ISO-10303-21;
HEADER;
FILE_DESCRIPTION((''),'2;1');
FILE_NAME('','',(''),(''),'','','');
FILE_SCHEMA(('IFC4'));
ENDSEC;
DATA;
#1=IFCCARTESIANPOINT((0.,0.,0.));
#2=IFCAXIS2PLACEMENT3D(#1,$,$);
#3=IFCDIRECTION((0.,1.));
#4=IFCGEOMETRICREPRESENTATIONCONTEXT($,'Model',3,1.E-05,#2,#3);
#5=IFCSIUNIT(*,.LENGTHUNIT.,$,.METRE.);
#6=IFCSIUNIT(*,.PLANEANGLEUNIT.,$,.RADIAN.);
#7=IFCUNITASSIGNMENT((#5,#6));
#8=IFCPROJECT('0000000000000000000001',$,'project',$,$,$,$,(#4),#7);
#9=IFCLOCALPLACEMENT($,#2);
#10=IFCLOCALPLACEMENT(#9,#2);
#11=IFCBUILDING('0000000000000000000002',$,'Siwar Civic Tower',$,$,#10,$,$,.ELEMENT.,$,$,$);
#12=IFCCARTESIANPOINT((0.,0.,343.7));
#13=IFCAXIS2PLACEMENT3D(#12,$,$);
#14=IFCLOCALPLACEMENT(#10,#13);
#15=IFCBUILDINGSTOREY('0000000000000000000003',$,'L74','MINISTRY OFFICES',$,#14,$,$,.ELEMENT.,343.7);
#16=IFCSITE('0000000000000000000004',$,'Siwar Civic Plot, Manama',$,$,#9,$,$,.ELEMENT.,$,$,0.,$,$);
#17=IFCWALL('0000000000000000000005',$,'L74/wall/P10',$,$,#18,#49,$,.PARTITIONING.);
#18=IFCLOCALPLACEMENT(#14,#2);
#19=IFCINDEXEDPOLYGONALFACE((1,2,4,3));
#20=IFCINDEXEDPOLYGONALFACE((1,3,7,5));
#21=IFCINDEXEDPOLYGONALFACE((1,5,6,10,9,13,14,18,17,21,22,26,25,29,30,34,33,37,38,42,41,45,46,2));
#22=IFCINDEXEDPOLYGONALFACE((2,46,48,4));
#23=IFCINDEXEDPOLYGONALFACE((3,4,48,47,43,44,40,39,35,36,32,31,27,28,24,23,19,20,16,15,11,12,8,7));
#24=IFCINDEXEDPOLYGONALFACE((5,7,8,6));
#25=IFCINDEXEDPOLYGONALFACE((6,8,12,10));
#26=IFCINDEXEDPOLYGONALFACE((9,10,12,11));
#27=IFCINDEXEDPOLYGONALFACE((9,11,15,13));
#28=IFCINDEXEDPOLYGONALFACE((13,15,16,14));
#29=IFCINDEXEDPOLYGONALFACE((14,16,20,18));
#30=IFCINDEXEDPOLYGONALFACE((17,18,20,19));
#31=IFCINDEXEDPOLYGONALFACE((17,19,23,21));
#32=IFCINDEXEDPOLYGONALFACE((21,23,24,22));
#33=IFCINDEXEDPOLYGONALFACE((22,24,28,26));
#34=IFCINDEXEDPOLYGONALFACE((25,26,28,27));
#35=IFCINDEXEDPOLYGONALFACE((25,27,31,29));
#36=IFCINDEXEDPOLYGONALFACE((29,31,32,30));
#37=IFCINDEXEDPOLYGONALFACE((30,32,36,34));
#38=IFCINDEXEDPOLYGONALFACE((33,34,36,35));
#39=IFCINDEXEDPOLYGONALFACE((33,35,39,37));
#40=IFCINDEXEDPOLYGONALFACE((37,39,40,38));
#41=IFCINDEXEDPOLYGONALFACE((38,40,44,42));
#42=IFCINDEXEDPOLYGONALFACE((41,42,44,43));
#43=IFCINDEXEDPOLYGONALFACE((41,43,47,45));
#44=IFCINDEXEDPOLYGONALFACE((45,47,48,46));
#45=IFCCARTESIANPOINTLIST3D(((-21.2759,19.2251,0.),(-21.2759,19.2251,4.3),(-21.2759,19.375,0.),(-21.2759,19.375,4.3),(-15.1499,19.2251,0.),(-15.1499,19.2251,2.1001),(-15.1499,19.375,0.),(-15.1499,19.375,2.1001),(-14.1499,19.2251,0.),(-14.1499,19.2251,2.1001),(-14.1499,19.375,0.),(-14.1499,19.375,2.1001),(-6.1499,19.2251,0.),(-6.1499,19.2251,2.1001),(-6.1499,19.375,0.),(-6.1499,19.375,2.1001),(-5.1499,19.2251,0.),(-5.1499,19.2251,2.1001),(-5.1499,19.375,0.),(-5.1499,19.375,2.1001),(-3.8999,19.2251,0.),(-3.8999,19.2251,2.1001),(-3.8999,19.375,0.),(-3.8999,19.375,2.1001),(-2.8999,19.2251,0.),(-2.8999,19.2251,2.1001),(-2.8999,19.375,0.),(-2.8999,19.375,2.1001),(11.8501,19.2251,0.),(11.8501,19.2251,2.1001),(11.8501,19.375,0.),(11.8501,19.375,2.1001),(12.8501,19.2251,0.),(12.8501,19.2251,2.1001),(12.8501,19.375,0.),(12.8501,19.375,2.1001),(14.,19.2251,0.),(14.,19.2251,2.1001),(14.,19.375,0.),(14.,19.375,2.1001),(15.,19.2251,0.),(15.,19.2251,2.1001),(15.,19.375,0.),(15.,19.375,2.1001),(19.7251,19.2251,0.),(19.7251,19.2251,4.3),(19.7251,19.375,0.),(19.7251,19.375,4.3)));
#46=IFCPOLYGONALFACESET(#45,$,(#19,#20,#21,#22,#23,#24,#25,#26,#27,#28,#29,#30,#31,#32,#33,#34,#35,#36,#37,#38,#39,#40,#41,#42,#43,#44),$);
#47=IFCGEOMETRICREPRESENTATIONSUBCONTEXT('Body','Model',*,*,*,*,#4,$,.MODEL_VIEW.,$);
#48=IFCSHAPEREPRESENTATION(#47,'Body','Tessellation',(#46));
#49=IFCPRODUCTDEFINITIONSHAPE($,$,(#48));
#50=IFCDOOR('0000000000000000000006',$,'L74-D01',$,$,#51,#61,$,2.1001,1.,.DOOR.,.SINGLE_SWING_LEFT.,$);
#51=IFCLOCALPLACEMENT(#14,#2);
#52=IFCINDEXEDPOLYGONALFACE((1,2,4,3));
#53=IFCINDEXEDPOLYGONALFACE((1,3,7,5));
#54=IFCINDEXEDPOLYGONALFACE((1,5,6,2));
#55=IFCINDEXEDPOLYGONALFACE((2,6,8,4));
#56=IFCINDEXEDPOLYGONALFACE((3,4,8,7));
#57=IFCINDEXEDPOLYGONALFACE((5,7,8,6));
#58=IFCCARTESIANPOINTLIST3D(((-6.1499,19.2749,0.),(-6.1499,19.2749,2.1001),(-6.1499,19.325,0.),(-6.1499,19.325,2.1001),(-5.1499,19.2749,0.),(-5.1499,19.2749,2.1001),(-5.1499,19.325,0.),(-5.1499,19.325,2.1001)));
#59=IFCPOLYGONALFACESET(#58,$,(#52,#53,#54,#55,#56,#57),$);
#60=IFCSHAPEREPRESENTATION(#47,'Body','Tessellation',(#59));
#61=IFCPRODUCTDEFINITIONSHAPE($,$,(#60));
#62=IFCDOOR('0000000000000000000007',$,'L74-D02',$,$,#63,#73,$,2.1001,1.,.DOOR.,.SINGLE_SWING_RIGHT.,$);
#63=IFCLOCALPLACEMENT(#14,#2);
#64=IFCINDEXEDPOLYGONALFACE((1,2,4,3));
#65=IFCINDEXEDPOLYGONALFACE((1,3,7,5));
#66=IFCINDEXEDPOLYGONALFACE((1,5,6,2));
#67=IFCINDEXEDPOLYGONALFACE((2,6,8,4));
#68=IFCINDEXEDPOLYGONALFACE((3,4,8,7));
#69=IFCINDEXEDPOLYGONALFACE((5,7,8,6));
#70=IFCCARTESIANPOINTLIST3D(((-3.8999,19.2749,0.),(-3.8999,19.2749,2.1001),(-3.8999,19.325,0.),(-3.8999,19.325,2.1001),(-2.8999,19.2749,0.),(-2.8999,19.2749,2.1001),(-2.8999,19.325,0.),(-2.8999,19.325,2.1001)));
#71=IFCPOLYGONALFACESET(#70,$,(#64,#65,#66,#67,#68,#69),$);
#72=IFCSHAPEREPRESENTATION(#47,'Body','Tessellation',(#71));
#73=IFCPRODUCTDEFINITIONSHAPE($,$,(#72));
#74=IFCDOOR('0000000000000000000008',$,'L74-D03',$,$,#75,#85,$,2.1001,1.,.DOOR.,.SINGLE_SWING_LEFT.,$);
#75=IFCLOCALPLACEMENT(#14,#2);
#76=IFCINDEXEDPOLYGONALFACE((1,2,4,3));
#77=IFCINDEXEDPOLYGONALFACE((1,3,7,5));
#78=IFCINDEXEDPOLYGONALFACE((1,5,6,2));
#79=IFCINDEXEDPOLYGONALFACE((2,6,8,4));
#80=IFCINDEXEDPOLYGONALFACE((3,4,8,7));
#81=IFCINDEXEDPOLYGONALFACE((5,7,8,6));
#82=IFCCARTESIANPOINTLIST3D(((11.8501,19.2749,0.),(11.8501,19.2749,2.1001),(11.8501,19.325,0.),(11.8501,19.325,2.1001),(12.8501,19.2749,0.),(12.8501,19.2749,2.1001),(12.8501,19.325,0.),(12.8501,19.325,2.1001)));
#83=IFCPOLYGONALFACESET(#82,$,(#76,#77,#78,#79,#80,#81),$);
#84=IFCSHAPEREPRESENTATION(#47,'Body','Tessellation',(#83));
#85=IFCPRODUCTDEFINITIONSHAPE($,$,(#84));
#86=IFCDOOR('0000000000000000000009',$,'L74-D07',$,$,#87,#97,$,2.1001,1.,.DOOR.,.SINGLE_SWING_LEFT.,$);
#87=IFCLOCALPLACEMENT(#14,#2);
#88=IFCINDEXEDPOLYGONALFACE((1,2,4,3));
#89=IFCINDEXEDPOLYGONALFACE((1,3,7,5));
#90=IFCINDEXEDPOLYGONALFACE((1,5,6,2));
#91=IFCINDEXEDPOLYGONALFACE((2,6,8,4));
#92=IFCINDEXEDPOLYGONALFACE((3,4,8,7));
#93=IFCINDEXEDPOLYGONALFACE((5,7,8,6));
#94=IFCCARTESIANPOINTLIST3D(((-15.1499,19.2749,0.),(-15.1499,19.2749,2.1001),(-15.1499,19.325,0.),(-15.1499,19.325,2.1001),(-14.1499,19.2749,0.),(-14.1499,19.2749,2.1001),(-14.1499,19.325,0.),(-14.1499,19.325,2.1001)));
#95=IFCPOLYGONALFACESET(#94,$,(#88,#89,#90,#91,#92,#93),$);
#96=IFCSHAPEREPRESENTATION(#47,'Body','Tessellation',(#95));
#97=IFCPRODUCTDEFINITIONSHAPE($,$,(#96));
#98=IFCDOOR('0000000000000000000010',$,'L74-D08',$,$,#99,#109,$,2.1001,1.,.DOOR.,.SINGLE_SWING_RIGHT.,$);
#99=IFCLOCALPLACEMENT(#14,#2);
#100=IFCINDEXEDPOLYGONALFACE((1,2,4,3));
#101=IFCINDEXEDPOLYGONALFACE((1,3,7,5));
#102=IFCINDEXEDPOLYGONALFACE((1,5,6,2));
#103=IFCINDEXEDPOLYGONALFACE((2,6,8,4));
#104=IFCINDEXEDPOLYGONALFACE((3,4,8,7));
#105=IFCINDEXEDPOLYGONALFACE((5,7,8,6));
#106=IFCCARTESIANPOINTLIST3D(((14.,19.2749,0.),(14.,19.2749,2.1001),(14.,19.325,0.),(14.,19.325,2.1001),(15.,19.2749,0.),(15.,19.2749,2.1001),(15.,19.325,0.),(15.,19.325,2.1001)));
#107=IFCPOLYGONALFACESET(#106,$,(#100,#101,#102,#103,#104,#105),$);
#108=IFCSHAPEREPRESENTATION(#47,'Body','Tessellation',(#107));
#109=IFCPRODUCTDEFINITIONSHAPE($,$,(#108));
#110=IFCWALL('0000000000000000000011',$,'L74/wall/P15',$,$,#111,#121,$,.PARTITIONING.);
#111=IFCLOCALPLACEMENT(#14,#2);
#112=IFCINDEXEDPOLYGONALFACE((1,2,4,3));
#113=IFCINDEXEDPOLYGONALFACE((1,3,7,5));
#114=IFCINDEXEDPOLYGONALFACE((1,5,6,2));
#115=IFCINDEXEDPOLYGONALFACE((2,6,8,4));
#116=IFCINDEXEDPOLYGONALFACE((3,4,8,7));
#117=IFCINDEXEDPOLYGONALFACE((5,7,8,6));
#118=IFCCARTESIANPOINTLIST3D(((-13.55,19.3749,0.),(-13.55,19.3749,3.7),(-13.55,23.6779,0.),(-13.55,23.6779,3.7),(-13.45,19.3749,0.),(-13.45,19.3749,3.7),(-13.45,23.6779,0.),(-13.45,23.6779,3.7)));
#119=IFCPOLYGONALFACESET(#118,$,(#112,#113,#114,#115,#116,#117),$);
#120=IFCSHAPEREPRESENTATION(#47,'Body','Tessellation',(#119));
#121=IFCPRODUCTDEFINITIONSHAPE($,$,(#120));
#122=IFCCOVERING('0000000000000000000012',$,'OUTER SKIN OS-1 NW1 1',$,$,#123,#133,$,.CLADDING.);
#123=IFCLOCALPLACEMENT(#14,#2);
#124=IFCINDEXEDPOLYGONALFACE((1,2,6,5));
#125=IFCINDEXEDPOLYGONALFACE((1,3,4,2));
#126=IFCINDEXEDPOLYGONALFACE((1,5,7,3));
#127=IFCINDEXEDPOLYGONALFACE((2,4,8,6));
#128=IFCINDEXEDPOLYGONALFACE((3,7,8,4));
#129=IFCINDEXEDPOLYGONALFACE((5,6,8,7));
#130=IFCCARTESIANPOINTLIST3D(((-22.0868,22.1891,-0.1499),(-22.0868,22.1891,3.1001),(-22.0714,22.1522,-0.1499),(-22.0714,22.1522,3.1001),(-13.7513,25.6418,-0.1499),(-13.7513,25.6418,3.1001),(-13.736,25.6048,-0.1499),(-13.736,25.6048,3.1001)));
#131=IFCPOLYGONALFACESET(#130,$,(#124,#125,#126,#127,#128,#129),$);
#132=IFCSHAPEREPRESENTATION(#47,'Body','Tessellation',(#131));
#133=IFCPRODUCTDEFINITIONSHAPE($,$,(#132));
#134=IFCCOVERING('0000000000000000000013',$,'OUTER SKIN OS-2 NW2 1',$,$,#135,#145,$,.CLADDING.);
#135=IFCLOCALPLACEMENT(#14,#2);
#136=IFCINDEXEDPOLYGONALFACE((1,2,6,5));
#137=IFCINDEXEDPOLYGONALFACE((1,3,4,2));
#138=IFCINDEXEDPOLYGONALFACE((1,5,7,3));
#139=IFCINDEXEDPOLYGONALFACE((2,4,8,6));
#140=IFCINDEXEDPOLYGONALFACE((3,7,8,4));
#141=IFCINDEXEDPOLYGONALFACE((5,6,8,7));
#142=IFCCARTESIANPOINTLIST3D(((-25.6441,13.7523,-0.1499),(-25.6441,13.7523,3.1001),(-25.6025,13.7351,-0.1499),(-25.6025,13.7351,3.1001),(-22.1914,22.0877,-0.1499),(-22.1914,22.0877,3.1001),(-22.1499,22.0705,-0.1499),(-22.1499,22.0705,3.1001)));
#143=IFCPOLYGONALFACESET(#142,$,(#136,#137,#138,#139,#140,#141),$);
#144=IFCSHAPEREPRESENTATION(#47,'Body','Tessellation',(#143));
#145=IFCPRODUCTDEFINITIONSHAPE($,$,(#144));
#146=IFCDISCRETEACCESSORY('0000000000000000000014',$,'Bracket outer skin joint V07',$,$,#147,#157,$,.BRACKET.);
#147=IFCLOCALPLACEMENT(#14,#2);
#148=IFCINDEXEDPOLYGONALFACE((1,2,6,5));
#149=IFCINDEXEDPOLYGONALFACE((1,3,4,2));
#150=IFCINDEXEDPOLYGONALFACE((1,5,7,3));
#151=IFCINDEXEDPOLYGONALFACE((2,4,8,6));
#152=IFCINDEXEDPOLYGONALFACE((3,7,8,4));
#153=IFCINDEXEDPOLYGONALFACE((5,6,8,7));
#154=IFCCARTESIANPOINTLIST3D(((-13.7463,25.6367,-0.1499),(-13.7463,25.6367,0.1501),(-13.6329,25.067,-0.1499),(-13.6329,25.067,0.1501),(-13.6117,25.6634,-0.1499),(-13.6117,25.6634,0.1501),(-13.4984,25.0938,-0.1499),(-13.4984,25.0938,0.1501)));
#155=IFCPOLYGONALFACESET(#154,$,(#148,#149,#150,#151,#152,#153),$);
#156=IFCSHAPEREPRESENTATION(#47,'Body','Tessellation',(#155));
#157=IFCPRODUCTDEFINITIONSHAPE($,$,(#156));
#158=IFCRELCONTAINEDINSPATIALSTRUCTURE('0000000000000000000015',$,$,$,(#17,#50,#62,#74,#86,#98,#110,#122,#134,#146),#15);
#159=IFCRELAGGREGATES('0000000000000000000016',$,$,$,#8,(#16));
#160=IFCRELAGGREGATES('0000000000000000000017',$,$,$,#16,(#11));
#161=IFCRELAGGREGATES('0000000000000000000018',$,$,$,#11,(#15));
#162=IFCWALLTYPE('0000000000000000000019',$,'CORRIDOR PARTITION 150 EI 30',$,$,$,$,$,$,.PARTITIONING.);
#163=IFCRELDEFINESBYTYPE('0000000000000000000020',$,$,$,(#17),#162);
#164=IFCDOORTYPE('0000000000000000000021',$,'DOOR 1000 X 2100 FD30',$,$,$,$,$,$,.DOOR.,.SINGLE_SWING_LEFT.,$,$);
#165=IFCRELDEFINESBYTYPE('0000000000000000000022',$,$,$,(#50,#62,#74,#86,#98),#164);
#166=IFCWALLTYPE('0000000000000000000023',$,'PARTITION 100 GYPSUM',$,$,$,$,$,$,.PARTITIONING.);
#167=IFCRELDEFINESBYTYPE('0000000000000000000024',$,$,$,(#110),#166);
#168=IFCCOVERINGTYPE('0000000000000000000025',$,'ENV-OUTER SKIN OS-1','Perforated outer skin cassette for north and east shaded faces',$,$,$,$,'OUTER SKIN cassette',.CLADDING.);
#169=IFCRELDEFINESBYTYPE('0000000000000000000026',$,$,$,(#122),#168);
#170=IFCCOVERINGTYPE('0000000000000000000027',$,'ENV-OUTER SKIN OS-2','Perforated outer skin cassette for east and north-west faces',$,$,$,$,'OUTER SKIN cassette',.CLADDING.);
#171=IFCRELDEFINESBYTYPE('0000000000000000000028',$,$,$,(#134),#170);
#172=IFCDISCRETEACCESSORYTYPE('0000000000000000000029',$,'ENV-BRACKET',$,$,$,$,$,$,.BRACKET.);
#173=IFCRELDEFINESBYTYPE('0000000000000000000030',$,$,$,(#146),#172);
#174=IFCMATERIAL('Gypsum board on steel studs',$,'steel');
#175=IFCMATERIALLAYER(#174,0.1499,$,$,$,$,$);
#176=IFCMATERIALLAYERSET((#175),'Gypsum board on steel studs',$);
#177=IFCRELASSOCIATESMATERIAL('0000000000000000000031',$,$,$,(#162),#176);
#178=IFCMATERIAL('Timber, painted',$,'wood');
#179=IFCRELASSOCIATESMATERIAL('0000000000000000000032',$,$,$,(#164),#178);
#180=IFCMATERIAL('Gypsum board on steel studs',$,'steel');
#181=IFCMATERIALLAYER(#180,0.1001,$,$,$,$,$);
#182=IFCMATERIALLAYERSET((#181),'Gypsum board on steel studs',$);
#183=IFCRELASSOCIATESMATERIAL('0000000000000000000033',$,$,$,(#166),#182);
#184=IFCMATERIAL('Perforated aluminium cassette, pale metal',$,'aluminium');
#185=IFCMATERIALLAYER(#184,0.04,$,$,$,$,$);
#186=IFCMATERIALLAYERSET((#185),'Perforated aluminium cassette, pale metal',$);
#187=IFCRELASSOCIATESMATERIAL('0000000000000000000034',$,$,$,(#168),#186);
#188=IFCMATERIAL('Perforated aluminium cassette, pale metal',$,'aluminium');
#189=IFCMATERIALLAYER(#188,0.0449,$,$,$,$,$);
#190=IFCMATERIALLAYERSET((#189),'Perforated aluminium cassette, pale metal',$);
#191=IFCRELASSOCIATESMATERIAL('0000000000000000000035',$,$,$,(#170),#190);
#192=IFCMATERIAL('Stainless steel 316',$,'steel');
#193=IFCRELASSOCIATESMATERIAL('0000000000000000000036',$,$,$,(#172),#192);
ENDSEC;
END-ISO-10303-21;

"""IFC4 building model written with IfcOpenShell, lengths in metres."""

from ifc_helpers import new_model, si_unit, direction, frame, frame_2d, origin, origin_2d, place, context, subcontext, project, spatial, rectangle, extrude, material, layer, layer_set, type_object, element, fill, save


model = new_model("IFC4")

# Units and contexts
model_context = context("Model", 3, precision=1e-05, world=origin(), true_north=direction((0.0, 1.0)))
body_context = subcontext(model_context, "Body", "Model", "MODEL_VIEW")
ifc_project = project(units=[si_unit("LENGTHUNIT", "METRE"), si_unit("PLANEANGLEUNIT", "RADIAN")], contexts=[model_context])

# Site, building, storey
site_placement = place(None, origin())
site = spatial("IfcSite", under=ifc_project, at=site_placement, Name="Siwar Civic Plot, Manama", CompositionType="ELEMENT", RefElevation=0.0)
building_placement = place(site_placement, origin())
building = spatial("IfcBuilding", under=site, at=building_placement, Name="Siwar Civic Tower", CompositionType="ELEMENT")
storey_placement = place(building_placement, frame((0.0, 0.0, 343.7)))
storey = spatial("IfcBuildingStorey", under=building, at=storey_placement, Name="L74", Description="MINISTRY OFFICES", CompositionType="ELEMENT", Elevation=343.7)

# Shared definitions
ifc_material_1 = material(Name="Gypsum board on steel studs", Category="steel")
ifc_layer_1 = layer(ifc_material_1, 0.1499)
ifc_layer_set_1 = layer_set([ifc_layer_1], Name="Gypsum board on steel studs")
wall_type_1 = type_object("IfcWallType", Name="CORRIDOR PARTITION 150 EI 30", PredefinedType="PARTITIONING", material=ifc_layer_set_1)

# Wall, openings, doors
ifc_material_2 = material(Name="Timber, painted", Category="wood")
door_type = type_object("IfcDoorType", Name="DOOR 1000 X 2100 FD30", OperationType="SINGLE_SWING_LEFT", PredefinedType="DOOR", material=ifc_material_2)
wall_1_placement = place(storey_placement, frame((-21.2759, 19.3, 0.0), z_axis=(0.0, 0.0, 1.0), x_axis=(1.0, 0.0, 0.0)))
wall_1 = element("IfcWall", 1, at=wall_1_placement, inside=storey, type_object=wall_type_1, Name="L74/wall/P10", PredefinedType="PARTITIONING", context=body_context, shape_type="SweptSolid", body=[
    extrude(rectangle(XDim=41.001, YDim=0.1499, at=frame_2d((20.5005, 0.0))), origin(), (0.0, 0.0, 1.0), 4.3),
])
opening_1_placement = place(wall_1_placement, frame((15.126, 0.0, 0.0)))
opening_1 = element("IfcOpeningElement", 2, at=opening_1_placement, cuts=wall_1, PredefinedType="OPENING", context=body_context, shape_type="SweptSolid", body=[
    extrude(rectangle(XDim=1.0, YDim=2.1001, at=frame_2d((0.5, 1.05))), frame((0.0, 0.085, 0.0), z_axis=(0.0, -1.0, 0.0), x_axis=(1.0, 0.0, 0.0)), (0.0, 0.0, 1.0), 0.1699),
])
opening_2_placement = place(wall_1_placement, frame((17.376, 0.0, 0.0)))
opening_2 = element("IfcOpeningElement", 3, at=opening_2_placement, cuts=wall_1, PredefinedType="OPENING", context=body_context, shape_type="SweptSolid", body=[
    extrude(rectangle(XDim=1.0, YDim=2.1001, at=frame_2d((0.5, 1.05))), frame((0.0, 0.085, 0.0), z_axis=(0.0, -1.0, 0.0), x_axis=(1.0, 0.0, 0.0)), (0.0, 0.0, 1.0), 0.1699),
])
opening_3_placement = place(wall_1_placement, frame((33.126, 0.0, 0.0)))
opening_3 = element("IfcOpeningElement", 4, at=opening_3_placement, cuts=wall_1, PredefinedType="OPENING", context=body_context, shape_type="SweptSolid", body=[
    extrude(rectangle(XDim=1.0, YDim=2.1001, at=frame_2d((0.5, 1.05))), frame((0.0, 0.085, 0.0), z_axis=(0.0, -1.0, 0.0), x_axis=(1.0, 0.0, 0.0)), (0.0, 0.0, 1.0), 0.1699),
])
opening_4_placement = place(wall_1_placement, frame((6.126, 0.0, 0.0)))
opening_4 = element("IfcOpeningElement", 5, at=opening_4_placement, cuts=wall_1, PredefinedType="OPENING", context=body_context, shape_type="SweptSolid", body=[
    extrude(rectangle(XDim=1.0, YDim=2.1001, at=frame_2d((0.5, 1.05))), frame((0.0, 0.085, 0.0), z_axis=(0.0, -1.0, 0.0), x_axis=(1.0, 0.0, 0.0)), (0.0, 0.0, 1.0), 0.1699),
])
opening_5_placement = place(wall_1_placement, frame((35.2759, 0.0, 0.0)))
opening_5 = element("IfcOpeningElement", 6, at=opening_5_placement, cuts=wall_1, PredefinedType="OPENING", context=body_context, shape_type="SweptSolid", body=[
    extrude(rectangle(XDim=1.0, YDim=2.1001, at=frame_2d((0.5, 1.05))), frame((0.0, 0.085, 0.0), z_axis=(0.0, -1.0, 0.0), x_axis=(1.0, 0.0, 0.0)), (0.0, 0.0, 1.0), 0.1699),
])
door_1_placement = place(opening_1_placement, origin())
door_1 = element("IfcDoor", 7, at=door_1_placement, inside=storey, type_object=door_type, Name="L74-D01", OperationType="SINGLE_SWING_LEFT", OverallHeight=2.1001, OverallWidth=1.0, PredefinedType="DOOR", context=body_context, shape_type="SweptSolid", body=[
    extrude(rectangle(XDim=1.0, YDim=2.1001, at=frame_2d((0.5, 1.05))), frame((0.0, 0.0249, 0.0), z_axis=(0.0, -1.0, 0.0), x_axis=(1.0, 0.0, 0.0)), (0.0, 0.0, 1.0), 0.05),
])
fill(opening_1, door_1)
door_2_placement = place(opening_2_placement, origin())
door_2 = element("IfcDoor", 8, at=door_2_placement, inside=storey, type_object=door_type, Name="L74-D02", OperationType="SINGLE_SWING_RIGHT", OverallHeight=2.1001, OverallWidth=1.0, PredefinedType="DOOR", context=body_context, shape_type="SweptSolid", body=[
    extrude(rectangle(XDim=1.0, YDim=2.1001, at=frame_2d((0.5, 1.05))), frame((0.0, 0.0249, 0.0), z_axis=(0.0, -1.0, 0.0), x_axis=(1.0, 0.0, 0.0)), (0.0, 0.0, 1.0), 0.05),
])
fill(opening_2, door_2)
door_3_placement = place(opening_3_placement, origin())
door_3 = element("IfcDoor", 9, at=door_3_placement, inside=storey, type_object=door_type, Name="L74-D03", OperationType="SINGLE_SWING_LEFT", OverallHeight=2.1001, OverallWidth=1.0, PredefinedType="DOOR", context=body_context, shape_type="SweptSolid", body=[
    extrude(rectangle(XDim=1.0, YDim=2.1001, at=frame_2d((0.5, 1.05))), frame((0.0, 0.0249, 0.0), z_axis=(0.0, -1.0, 0.0), x_axis=(1.0, 0.0, 0.0)), (0.0, 0.0, 1.0), 0.05),
])
fill(opening_3, door_3)
door_4_placement = place(opening_4_placement, origin())
door_4 = element("IfcDoor", 10, at=door_4_placement, inside=storey, type_object=door_type, Name="L74-D07", OperationType="SINGLE_SWING_LEFT", OverallHeight=2.1001, OverallWidth=1.0, PredefinedType="DOOR", context=body_context, shape_type="SweptSolid", body=[
    extrude(rectangle(XDim=1.0, YDim=2.1001, at=frame_2d((0.5, 1.05))), frame((0.0, 0.0249, 0.0), z_axis=(0.0, -1.0, 0.0), x_axis=(1.0, 0.0, 0.0)), (0.0, 0.0, 1.0), 0.05),
])
fill(opening_4, door_4)
door_5_placement = place(opening_5_placement, origin())
door_5 = element("IfcDoor", 11, at=door_5_placement, inside=storey, type_object=door_type, Name="L74-D08", OperationType="SINGLE_SWING_RIGHT", OverallHeight=2.1001, OverallWidth=1.0, PredefinedType="DOOR", context=body_context, shape_type="SweptSolid", body=[
    extrude(rectangle(XDim=1.0, YDim=2.1001, at=frame_2d((0.5, 1.05))), frame((0.0, 0.0249, 0.0), z_axis=(0.0, -1.0, 0.0), x_axis=(1.0, 0.0, 0.0)), (0.0, 0.0, 1.0), 0.05),
])
fill(opening_5, door_5)

# Wall
ifc_material_3 = material(Name="Gypsum board on steel studs", Category="steel")
ifc_layer_2 = layer(ifc_material_3, 0.1001)
ifc_layer_set_2 = layer_set([ifc_layer_2], Name="Gypsum board on steel studs")
wall_type_2 = type_object("IfcWallType", Name="PARTITION 100 GYPSUM", PredefinedType="PARTITIONING", material=ifc_layer_set_2)
wall_2_placement = place(storey_placement, frame((-13.5, 19.375, 0.0), z_axis=(0.0, 0.0, 1.0), x_axis=(0.0, 1.0, 0.0)))
element("IfcWall", 12, at=wall_2_placement, inside=storey, type_object=wall_type_2, Name="L74/wall/P15", PredefinedType="PARTITIONING", context=body_context, shape_type="SweptSolid", body=[
    extrude(rectangle(XDim=4.303, YDim=0.1001, at=frame_2d((2.1514, 0.0))), origin(), (0.0, 0.0, 1.0), 3.7),
])

# Coverings
ifc_material_4 = material(Name="Perforated aluminium cassette, pale metal", Category="aluminium")
ifc_layer_3 = layer(ifc_material_4, 0.04)
ifc_layer_set_3 = layer_set([ifc_layer_3], Name="Perforated aluminium cassette, pale metal")
covering_type_1 = type_object("IfcCoveringType", Name="ENV-OUTER SKIN OS-1", Description="Perforated outer skin cassette for north and east shaded faces", ElementType="OUTER SKIN cassette", PredefinedType="CLADDING", material=ifc_layer_set_3)
covering_1_placement = place(storey_placement, frame((-17.9114, 23.897, -0.1499), z_axis=(0.0, 0.0, 1.0), x_axis=(-0.92388, -0.382683, 0.0)))
element("IfcCovering", 13, at=covering_1_placement, inside=storey, type_object=covering_type_1, Name="OUTER SKIN OS-1 NW1 1", PredefinedType="CLADDING", context=body_context, shape_type="SweptSolid", body=[
    extrude(rectangle(XDim=9.0222, YDim=0.04, at=origin_2d()), origin(), (0.0, 0.0, 1.0), 3.25),
])
ifc_material_5 = material(Name="Perforated aluminium cassette, pale metal", Category="aluminium")
ifc_layer_4 = layer(ifc_material_5, 0.0449)
ifc_layer_set_4 = layer_set([ifc_layer_4], Name="Perforated aluminium cassette, pale metal")
covering_type_2 = type_object("IfcCoveringType", Name="ENV-OUTER SKIN OS-2", Description="Perforated outer skin cassette for east and north-west faces", ElementType="OUTER SKIN cassette", PredefinedType="CLADDING", material=ifc_layer_set_4)
covering_2_placement = place(storey_placement, frame((-23.897, 17.9114, -0.1499), z_axis=(0.0, 0.0, 1.0), x_axis=(-0.382683, -0.92388, 0.0)))
element("IfcCovering", 14, at=covering_2_placement, inside=storey, type_object=covering_type_2, Name="OUTER SKIN OS-2 NW2 1", PredefinedType="CLADDING", context=body_context, shape_type="SweptSolid", body=[
    extrude(rectangle(XDim=9.0222, YDim=0.0449, at=origin_2d()), origin(), (0.0, 0.0, 1.0), 3.25),
])

# Discrete accessory
ifc_material_6 = material(Name="Stainless steel 316", Category="steel")
discrete_accessory_type = type_object("IfcDiscreteAccessoryType", Name="ENV-BRACKET", PredefinedType="BRACKET", material=ifc_material_6)
discrete_accessory_1_placement = place(storey_placement, frame((-13.6223, 25.3652, -0.1499), z_axis=(0.0, 0.0, 1.0), x_axis=(-0.19509, 0.980785, 0.0)))
element("IfcDiscreteAccessory", 15, at=discrete_accessory_1_placement, inside=storey, type_object=discrete_accessory_type, Name="Bracket outer skin joint V07", PredefinedType="BRACKET", context=body_context, shape_type="SweptSolid", body=[
    extrude(rectangle(XDim=0.5808, YDim=0.1372, at=origin_2d()), origin(), (0.0, 0.0, 1.0), 0.3),
])

save(model, "model.ifc")
